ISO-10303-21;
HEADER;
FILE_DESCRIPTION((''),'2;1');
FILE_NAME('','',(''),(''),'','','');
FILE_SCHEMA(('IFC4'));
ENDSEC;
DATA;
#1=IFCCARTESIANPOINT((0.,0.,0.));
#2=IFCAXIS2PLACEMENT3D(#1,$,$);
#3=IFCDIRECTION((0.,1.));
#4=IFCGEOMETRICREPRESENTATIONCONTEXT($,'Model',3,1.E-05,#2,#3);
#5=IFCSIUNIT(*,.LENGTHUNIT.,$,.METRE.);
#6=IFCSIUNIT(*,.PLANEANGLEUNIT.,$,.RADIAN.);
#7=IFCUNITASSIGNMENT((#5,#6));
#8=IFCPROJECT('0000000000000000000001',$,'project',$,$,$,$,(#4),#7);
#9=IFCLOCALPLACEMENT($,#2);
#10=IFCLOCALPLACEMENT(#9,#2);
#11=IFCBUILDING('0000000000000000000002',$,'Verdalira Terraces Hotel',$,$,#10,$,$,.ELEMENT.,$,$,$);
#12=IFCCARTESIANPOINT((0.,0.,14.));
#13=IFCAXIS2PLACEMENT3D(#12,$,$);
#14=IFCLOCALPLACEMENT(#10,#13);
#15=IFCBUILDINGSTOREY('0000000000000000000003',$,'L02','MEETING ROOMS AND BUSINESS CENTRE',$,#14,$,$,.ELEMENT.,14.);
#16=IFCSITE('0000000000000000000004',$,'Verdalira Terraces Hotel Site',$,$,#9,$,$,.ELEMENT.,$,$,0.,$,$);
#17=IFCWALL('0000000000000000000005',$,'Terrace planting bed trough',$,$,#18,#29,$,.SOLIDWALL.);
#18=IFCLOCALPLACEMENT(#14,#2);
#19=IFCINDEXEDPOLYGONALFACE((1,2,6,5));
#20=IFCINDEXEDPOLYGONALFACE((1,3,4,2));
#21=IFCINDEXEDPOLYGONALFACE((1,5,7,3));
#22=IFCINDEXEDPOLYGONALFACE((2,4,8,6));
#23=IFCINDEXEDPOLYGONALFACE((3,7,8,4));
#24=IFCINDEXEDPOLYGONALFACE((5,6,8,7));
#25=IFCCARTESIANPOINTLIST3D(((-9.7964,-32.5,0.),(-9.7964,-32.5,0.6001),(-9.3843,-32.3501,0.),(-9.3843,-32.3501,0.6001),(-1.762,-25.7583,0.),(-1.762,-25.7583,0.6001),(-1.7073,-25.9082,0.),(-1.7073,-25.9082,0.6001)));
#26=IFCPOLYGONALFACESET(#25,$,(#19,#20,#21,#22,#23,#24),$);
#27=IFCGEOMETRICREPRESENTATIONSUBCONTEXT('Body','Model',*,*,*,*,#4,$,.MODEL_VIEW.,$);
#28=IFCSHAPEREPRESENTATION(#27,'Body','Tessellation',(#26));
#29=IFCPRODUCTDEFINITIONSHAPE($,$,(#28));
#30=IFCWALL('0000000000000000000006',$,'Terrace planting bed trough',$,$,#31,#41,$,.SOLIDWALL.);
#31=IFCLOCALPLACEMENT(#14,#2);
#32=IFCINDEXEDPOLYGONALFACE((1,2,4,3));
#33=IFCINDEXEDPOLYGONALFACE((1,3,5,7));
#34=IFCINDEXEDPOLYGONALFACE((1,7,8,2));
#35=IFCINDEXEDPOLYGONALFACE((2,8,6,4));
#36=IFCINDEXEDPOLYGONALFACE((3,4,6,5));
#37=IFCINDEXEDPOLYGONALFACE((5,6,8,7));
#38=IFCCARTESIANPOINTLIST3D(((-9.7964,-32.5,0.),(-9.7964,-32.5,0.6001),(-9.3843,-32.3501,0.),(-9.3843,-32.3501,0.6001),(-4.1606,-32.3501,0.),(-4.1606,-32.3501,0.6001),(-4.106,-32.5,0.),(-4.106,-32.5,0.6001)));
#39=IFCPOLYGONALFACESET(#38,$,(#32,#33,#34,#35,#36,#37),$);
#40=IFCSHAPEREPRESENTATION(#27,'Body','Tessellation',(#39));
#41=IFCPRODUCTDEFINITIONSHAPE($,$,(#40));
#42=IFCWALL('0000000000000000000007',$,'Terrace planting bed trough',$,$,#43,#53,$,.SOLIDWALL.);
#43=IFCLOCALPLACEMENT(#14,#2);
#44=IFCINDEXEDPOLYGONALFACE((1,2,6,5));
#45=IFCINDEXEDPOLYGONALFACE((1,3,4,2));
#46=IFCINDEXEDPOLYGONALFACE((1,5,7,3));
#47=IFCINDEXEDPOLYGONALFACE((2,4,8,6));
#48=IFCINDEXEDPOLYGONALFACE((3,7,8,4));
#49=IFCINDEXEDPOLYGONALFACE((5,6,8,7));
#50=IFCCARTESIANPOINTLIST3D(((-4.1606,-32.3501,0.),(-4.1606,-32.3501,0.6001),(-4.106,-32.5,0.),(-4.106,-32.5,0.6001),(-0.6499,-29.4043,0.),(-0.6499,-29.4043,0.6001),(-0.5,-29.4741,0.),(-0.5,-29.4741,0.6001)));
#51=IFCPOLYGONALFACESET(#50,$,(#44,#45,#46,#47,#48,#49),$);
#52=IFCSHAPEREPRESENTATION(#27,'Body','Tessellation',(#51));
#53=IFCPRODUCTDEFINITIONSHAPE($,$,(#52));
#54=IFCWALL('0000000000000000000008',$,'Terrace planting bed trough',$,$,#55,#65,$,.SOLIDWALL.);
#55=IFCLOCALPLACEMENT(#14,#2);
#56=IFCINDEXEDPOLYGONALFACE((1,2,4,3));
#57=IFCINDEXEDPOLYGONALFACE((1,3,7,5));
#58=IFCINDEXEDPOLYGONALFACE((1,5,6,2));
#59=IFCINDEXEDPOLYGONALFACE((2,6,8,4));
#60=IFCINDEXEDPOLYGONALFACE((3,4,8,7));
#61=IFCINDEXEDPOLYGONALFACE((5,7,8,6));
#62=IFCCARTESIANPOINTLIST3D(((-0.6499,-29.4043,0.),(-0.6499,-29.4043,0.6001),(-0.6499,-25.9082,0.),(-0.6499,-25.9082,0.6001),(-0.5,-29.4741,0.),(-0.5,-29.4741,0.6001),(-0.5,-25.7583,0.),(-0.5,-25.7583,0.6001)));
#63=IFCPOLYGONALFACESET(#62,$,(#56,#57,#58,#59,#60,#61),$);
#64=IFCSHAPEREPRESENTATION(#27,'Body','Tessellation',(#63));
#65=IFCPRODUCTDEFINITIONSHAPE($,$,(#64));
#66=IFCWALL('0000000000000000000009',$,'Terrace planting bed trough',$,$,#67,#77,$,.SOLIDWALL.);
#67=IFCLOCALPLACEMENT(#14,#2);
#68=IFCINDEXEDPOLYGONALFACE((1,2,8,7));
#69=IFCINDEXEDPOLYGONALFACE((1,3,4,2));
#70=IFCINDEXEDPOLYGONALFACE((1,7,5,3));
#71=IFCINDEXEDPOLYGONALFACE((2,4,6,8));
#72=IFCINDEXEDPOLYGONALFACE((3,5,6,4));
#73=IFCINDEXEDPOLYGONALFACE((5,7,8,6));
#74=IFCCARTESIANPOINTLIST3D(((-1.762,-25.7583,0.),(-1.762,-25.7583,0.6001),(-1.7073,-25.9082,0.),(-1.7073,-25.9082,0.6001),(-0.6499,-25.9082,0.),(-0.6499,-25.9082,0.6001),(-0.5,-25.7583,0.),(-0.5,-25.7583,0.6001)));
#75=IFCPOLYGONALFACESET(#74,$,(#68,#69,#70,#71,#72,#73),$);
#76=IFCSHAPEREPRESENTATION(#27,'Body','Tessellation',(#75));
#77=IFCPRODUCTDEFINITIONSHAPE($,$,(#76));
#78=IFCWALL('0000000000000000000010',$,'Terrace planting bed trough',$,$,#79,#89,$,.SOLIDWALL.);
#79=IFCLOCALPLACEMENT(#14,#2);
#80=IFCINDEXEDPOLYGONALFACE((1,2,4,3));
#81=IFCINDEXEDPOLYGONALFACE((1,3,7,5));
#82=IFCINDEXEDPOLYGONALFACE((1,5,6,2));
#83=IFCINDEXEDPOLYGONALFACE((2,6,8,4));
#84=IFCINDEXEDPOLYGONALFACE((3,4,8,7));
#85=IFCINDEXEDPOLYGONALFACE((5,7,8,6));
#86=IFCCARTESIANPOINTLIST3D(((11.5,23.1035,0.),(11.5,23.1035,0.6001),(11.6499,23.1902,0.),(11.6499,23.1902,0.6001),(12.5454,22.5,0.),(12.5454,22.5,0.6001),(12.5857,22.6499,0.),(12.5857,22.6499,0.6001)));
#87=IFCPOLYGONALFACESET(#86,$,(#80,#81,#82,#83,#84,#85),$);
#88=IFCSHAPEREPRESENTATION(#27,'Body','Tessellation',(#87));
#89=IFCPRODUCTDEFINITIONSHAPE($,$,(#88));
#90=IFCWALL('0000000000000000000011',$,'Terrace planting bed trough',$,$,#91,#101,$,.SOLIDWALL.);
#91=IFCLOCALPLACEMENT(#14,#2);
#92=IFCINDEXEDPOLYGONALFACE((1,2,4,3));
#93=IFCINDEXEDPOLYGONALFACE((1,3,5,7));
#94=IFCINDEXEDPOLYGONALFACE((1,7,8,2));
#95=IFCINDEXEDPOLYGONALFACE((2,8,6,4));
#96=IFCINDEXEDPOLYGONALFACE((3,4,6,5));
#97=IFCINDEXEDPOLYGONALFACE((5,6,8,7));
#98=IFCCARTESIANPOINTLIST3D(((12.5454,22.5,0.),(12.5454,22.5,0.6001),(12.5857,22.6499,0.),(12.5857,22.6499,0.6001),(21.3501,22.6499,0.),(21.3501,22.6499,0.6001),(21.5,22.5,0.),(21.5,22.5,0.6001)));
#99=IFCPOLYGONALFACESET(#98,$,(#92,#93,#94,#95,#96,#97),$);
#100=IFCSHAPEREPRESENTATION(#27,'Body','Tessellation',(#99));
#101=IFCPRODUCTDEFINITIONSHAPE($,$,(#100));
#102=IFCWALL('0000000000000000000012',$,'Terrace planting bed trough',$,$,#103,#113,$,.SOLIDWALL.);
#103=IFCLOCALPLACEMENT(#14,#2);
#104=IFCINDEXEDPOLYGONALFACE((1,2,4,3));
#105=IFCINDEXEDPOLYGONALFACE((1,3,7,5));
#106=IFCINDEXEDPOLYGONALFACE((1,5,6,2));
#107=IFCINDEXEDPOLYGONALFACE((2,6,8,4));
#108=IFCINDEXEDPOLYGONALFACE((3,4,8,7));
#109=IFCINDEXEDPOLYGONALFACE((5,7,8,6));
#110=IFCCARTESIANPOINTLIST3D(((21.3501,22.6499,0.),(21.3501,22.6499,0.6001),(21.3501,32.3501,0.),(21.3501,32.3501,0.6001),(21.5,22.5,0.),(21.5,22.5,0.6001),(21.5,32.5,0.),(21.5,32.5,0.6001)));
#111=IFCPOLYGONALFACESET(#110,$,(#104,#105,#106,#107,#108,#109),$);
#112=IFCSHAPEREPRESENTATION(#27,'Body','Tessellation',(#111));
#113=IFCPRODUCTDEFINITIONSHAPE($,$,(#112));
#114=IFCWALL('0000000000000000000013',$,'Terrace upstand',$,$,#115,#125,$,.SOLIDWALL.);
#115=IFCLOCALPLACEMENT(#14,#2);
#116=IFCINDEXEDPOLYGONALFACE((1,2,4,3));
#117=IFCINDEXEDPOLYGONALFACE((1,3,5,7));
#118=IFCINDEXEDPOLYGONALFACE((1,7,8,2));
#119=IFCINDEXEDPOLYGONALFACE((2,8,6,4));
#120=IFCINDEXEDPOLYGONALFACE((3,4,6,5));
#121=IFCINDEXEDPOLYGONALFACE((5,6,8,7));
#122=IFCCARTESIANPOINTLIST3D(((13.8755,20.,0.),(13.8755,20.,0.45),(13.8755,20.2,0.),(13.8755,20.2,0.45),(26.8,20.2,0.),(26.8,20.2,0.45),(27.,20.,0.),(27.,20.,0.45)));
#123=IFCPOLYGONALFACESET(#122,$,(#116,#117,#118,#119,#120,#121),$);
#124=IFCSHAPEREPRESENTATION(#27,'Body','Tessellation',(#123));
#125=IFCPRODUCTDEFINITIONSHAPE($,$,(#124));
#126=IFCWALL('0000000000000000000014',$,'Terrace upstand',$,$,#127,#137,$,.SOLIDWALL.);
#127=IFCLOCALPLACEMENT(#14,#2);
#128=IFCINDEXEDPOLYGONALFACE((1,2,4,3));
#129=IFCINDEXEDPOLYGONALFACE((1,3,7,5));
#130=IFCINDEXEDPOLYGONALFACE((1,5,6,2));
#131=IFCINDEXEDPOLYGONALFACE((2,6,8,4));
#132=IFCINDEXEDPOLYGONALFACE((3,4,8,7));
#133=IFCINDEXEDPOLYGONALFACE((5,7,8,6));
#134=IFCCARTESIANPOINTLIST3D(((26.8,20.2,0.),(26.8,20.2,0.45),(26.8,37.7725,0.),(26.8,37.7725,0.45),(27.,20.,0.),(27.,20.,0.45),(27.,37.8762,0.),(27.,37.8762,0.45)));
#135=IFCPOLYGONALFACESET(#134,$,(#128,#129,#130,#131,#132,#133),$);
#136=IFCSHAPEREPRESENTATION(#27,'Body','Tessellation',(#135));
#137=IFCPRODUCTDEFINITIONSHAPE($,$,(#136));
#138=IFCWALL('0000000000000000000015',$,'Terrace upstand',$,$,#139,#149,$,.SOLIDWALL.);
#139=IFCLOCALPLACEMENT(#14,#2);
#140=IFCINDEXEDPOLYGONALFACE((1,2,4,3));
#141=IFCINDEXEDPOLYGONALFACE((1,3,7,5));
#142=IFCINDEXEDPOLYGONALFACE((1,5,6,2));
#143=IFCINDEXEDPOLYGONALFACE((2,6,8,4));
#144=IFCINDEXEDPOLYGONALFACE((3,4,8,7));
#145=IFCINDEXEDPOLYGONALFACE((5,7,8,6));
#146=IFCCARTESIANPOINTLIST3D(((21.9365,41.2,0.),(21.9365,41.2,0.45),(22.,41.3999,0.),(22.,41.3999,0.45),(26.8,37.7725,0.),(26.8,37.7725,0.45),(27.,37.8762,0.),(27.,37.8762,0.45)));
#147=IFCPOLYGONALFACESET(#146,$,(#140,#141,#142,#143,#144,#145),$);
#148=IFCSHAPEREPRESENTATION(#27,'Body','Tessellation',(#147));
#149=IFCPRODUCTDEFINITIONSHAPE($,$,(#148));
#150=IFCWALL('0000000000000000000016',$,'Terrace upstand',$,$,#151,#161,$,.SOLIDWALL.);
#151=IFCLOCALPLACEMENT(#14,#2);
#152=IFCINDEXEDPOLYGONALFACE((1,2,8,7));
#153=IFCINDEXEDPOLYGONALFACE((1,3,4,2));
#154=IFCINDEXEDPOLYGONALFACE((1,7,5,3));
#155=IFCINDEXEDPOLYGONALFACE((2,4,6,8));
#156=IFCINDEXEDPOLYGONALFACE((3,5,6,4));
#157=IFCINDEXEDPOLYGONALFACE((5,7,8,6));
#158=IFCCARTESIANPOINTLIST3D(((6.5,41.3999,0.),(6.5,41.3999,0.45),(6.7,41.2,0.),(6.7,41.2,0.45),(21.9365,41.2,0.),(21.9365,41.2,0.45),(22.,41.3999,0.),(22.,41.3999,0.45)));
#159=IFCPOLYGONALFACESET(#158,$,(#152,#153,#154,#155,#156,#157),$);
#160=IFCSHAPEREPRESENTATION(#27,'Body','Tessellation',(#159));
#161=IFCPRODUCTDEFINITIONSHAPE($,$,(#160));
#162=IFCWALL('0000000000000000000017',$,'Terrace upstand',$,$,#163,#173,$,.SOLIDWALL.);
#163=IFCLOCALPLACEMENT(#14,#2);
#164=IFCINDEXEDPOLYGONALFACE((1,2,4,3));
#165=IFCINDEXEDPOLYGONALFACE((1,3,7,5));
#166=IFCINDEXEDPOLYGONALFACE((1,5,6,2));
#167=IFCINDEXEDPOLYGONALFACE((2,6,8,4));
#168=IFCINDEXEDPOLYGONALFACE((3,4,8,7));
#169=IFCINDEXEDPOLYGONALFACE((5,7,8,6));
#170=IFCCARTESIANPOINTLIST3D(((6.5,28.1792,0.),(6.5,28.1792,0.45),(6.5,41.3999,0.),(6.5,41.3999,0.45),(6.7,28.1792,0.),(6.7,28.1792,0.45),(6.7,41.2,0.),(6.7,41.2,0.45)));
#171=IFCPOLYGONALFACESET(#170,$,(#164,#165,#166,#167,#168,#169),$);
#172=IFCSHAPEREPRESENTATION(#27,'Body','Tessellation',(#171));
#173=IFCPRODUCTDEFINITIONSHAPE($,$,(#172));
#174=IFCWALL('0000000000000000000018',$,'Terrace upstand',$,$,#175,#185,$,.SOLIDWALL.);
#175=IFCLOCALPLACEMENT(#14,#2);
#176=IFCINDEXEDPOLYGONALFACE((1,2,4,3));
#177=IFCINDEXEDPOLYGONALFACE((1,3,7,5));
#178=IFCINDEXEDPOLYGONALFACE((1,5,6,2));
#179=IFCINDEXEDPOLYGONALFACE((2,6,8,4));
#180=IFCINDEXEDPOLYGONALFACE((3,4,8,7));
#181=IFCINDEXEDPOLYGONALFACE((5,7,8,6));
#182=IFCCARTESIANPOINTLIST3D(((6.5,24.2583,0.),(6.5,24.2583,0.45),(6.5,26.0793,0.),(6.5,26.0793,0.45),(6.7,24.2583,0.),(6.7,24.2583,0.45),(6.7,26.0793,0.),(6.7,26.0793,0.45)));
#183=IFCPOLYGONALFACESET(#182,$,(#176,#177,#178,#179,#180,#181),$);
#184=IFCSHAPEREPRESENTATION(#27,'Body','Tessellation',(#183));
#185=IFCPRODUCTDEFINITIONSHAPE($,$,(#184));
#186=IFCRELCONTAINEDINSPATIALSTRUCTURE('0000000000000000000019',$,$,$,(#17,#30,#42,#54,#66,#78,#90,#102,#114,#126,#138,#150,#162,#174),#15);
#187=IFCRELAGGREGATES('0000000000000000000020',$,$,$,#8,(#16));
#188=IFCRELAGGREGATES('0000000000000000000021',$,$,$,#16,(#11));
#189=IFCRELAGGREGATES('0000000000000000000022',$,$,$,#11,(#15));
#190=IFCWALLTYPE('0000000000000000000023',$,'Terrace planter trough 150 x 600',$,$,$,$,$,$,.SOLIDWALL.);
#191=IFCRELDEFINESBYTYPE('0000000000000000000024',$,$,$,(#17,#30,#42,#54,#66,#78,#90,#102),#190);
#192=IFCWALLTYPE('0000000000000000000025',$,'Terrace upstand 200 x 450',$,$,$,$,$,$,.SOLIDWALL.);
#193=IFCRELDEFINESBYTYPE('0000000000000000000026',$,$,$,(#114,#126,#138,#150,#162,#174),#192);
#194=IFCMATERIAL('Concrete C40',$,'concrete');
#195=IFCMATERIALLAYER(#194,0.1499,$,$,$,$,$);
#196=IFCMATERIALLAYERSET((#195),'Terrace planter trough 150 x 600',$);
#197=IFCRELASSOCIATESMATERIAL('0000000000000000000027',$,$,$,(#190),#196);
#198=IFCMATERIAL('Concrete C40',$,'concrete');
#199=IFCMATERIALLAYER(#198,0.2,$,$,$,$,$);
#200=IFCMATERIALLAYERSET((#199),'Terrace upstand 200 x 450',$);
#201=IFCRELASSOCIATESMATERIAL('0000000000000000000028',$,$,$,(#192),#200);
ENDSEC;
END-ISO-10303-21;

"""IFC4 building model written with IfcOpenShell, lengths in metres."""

from ifc_helpers import new_model, si_unit, direction, frame, origin, place, context, subcontext, project, spatial, polyline, outline, extrude, material, layer, layer_set, type_object, element, save


model = new_model("IFC4")

# Units and contexts
model_context = context("Model", 3, precision=1e-05, world=origin(), true_north=direction((0.0, 1.0)))
body_context = subcontext(model_context, "Body", "Model", "MODEL_VIEW")
ifc_project = project(units=[si_unit("LENGTHUNIT", "METRE"), si_unit("PLANEANGLEUNIT", "RADIAN")], contexts=[model_context])

# Site, building, storey
site_placement = place(None, origin())
site = spatial("IfcSite", under=ifc_project, at=site_placement, Name="Verdalira Terraces Hotel Site", CompositionType="ELEMENT", RefElevation=0.0)
building_placement = place(site_placement, origin())
building = spatial("IfcBuilding", under=site, at=building_placement, Name="Verdalira Terraces Hotel", CompositionType="ELEMENT")
storey_placement = place(building_placement, frame((0.0, 0.0, 14.0)))
storey = spatial("IfcBuildingStorey", under=building, at=storey_placement, Name="L02", Description="MEETING ROOMS AND BUSINESS CENTRE", CompositionType="ELEMENT", Elevation=14.0)

# Walls
ifc_material_1 = material(Name="Concrete C40", Category="concrete")
ifc_layer_1 = layer(ifc_material_1, 0.1499)
ifc_layer_set_1 = layer_set([ifc_layer_1], Name="Terrace planter trough 150 x 600")
wall_type_1 = type_object("IfcWallType", Name="Terrace planter trough 150 x 600", PredefinedType="SOLIDWALL", material=ifc_layer_set_1)
wall_1_placement = place(storey_placement, origin())
element("IfcWall", 1, at=wall_1_placement, inside=storey, type_object=wall_type_1, Name="Terrace planting bed trough", PredefinedType="SOLIDWALL", context=body_context, shape_type="SweptSolid", body=[
    extrude(outline(polyline([(-1.762, -25.7583), (-9.7964, -32.5), (-9.3843, -32.3501), (-1.7073, -25.9082), (-1.762, -25.7583)])), origin(), (0.0, 0.0, 1.0), 0.6001),
])
wall_2_placement = place(storey_placement, origin())
element("IfcWall", 2, at=wall_2_placement, inside=storey, type_object=wall_type_1, Name="Terrace planting bed trough", PredefinedType="SOLIDWALL", context=body_context, shape_type="SweptSolid", body=[
    extrude(outline(polyline([(-9.7964, -32.5), (-4.106, -32.5), (-4.1606, -32.3501), (-9.3843, -32.3501), (-9.7964, -32.5)])), origin(), (0.0, 0.0, 1.0), 0.6001),
])
wall_3_placement = place(storey_placement, origin())
element("IfcWall", 3, at=wall_3_placement, inside=storey, type_object=wall_type_1, Name="Terrace planting bed trough", PredefinedType="SOLIDWALL", context=body_context, shape_type="SweptSolid", body=[
    extrude(outline(polyline([(-4.106, -32.5), (-0.5, -29.4741), (-0.6499, -29.4043), (-4.1606, -32.3501), (-4.106, -32.5)])), origin(), (0.0, 0.0, 1.0), 0.6001),
])
wall_4_placement = place(storey_placement, origin())
element("IfcWall", 4, at=wall_4_placement, inside=storey, type_object=wall_type_1, Name="Terrace planting bed trough", PredefinedType="SOLIDWALL", context=body_context, shape_type="SweptSolid", body=[
    extrude(outline(polyline([(-0.5, -29.4741), (-0.5, -25.7583), (-0.6499, -25.9082), (-0.6499, -29.4043), (-0.5, -29.4741)])), origin(), (0.0, 0.0, 1.0), 0.6001),
])
wall_5_placement = place(storey_placement, origin())
element("IfcWall", 5, at=wall_5_placement, inside=storey, type_object=wall_type_1, Name="Terrace planting bed trough", PredefinedType="SOLIDWALL", context=body_context, shape_type="SweptSolid", body=[
    extrude(outline(polyline([(-0.5, -25.7583), (-1.762, -25.7583), (-1.7073, -25.9082), (-0.6499, -25.9082), (-0.5, -25.7583)])), origin(), (0.0, 0.0, 1.0), 0.6001),
])
wall_6_placement = place(storey_placement, origin())
element("IfcWall", 6, at=wall_6_placement, inside=storey, type_object=wall_type_1, Name="Terrace planting bed trough", PredefinedType="SOLIDWALL", context=body_context, shape_type="SweptSolid", body=[
    extrude(outline(polyline([(11.5, 23.1035), (12.5454, 22.5), (12.5857, 22.6499), (11.6499, 23.1902), (11.5, 23.1035)])), origin(), (0.0, 0.0, 1.0), 0.6001),
])
wall_7_placement = place(storey_placement, origin())
element("IfcWall", 7, at=wall_7_placement, inside=storey, type_object=wall_type_1, Name="Terrace planting bed trough", PredefinedType="SOLIDWALL", context=body_context, shape_type="SweptSolid", body=[
    extrude(outline(polyline([(12.5454, 22.5), (21.5, 22.5), (21.3501, 22.6499), (12.5857, 22.6499), (12.5454, 22.5)])), origin(), (0.0, 0.0, 1.0), 0.6001),
])
wall_8_placement = place(storey_placement, origin())
element("IfcWall", 8, at=wall_8_placement, inside=storey, type_object=wall_type_1, Name="Terrace planting bed trough", PredefinedType="SOLIDWALL", context=body_context, shape_type="SweptSolid", body=[
    extrude(outline(polyline([(21.5, 22.5), (21.5, 32.5), (21.3501, 32.3501), (21.3501, 22.6499), (21.5, 22.5)])), origin(), (0.0, 0.0, 1.0), 0.6001),
])
ifc_material_2 = material(Name="Concrete C40", Category="concrete")
ifc_layer_2 = layer(ifc_material_2, 0.2)
ifc_layer_set_2 = layer_set([ifc_layer_2], Name="Terrace upstand 200 x 450")
wall_type_2 = type_object("IfcWallType", Name="Terrace upstand 200 x 450", PredefinedType="SOLIDWALL", material=ifc_layer_set_2)
wall_9_placement = place(storey_placement, origin())
element("IfcWall", 9, at=wall_9_placement, inside=storey, type_object=wall_type_2, Name="Terrace upstand", PredefinedType="SOLIDWALL", context=body_context, shape_type="SweptSolid", body=[
    extrude(outline(polyline([(13.8755, 20.2), (13.8755, 20.0), (27.0, 20.0), (26.8, 20.2), (13.8755, 20.2)])), origin(), (0.0, 0.0, 1.0), 0.45),
])
wall_10_placement = place(storey_placement, origin())
element("IfcWall", 10, at=wall_10_placement, inside=storey, type_object=wall_type_2, Name="Terrace upstand", PredefinedType="SOLIDWALL", context=body_context, shape_type="SweptSolid", body=[
    extrude(outline(polyline([(26.8, 20.2), (27.0, 20.0), (27.0, 37.8762), (26.8, 37.7725), (26.8, 20.2)])), origin(), (0.0, 0.0, 1.0), 0.45),
])
wall_11_placement = place(storey_placement, origin())
element("IfcWall", 11, at=wall_11_placement, inside=storey, type_object=wall_type_2, Name="Terrace upstand", PredefinedType="SOLIDWALL", context=body_context, shape_type="SweptSolid", body=[
    extrude(outline(polyline([(26.8, 37.7725), (27.0, 37.8762), (22.0, 41.3999), (21.9365, 41.2), (26.8, 37.7725)])), origin(), (0.0, 0.0, 1.0), 0.45),
])
wall_12_placement = place(storey_placement, origin())
element("IfcWall", 12, at=wall_12_placement, inside=storey, type_object=wall_type_2, Name="Terrace upstand", PredefinedType="SOLIDWALL", context=body_context, shape_type="SweptSolid", body=[
    extrude(outline(polyline([(21.9365, 41.2), (22.0, 41.3999), (6.5, 41.3999), (6.7, 41.2), (21.9365, 41.2)])), origin(), (0.0, 0.0, 1.0), 0.45),
])
wall_13_placement = place(storey_placement, origin())
element("IfcWall", 13, at=wall_13_placement, inside=storey, type_object=wall_type_2, Name="Terrace upstand", PredefinedType="SOLIDWALL", context=body_context, shape_type="SweptSolid", body=[
    extrude(outline(polyline([(6.5, 41.3999), (6.5, 28.1792), (6.7, 28.1792), (6.7, 41.2), (6.5, 41.3999)])), origin(), (0.0, 0.0, 1.0), 0.45),
])
wall_14_placement = place(storey_placement, origin())
element("IfcWall", 14, at=wall_14_placement, inside=storey, type_object=wall_type_2, Name="Terrace upstand", PredefinedType="SOLIDWALL", context=body_context, shape_type="SweptSolid", body=[
    extrude(outline(polyline([(6.7, 24.2583), (6.7, 26.0793), (6.5, 26.0793), (6.5, 24.2583), (6.7, 24.2583)])), origin(), (0.0, 0.0, 1.0), 0.45),
])

save(model, "model.ifc")
